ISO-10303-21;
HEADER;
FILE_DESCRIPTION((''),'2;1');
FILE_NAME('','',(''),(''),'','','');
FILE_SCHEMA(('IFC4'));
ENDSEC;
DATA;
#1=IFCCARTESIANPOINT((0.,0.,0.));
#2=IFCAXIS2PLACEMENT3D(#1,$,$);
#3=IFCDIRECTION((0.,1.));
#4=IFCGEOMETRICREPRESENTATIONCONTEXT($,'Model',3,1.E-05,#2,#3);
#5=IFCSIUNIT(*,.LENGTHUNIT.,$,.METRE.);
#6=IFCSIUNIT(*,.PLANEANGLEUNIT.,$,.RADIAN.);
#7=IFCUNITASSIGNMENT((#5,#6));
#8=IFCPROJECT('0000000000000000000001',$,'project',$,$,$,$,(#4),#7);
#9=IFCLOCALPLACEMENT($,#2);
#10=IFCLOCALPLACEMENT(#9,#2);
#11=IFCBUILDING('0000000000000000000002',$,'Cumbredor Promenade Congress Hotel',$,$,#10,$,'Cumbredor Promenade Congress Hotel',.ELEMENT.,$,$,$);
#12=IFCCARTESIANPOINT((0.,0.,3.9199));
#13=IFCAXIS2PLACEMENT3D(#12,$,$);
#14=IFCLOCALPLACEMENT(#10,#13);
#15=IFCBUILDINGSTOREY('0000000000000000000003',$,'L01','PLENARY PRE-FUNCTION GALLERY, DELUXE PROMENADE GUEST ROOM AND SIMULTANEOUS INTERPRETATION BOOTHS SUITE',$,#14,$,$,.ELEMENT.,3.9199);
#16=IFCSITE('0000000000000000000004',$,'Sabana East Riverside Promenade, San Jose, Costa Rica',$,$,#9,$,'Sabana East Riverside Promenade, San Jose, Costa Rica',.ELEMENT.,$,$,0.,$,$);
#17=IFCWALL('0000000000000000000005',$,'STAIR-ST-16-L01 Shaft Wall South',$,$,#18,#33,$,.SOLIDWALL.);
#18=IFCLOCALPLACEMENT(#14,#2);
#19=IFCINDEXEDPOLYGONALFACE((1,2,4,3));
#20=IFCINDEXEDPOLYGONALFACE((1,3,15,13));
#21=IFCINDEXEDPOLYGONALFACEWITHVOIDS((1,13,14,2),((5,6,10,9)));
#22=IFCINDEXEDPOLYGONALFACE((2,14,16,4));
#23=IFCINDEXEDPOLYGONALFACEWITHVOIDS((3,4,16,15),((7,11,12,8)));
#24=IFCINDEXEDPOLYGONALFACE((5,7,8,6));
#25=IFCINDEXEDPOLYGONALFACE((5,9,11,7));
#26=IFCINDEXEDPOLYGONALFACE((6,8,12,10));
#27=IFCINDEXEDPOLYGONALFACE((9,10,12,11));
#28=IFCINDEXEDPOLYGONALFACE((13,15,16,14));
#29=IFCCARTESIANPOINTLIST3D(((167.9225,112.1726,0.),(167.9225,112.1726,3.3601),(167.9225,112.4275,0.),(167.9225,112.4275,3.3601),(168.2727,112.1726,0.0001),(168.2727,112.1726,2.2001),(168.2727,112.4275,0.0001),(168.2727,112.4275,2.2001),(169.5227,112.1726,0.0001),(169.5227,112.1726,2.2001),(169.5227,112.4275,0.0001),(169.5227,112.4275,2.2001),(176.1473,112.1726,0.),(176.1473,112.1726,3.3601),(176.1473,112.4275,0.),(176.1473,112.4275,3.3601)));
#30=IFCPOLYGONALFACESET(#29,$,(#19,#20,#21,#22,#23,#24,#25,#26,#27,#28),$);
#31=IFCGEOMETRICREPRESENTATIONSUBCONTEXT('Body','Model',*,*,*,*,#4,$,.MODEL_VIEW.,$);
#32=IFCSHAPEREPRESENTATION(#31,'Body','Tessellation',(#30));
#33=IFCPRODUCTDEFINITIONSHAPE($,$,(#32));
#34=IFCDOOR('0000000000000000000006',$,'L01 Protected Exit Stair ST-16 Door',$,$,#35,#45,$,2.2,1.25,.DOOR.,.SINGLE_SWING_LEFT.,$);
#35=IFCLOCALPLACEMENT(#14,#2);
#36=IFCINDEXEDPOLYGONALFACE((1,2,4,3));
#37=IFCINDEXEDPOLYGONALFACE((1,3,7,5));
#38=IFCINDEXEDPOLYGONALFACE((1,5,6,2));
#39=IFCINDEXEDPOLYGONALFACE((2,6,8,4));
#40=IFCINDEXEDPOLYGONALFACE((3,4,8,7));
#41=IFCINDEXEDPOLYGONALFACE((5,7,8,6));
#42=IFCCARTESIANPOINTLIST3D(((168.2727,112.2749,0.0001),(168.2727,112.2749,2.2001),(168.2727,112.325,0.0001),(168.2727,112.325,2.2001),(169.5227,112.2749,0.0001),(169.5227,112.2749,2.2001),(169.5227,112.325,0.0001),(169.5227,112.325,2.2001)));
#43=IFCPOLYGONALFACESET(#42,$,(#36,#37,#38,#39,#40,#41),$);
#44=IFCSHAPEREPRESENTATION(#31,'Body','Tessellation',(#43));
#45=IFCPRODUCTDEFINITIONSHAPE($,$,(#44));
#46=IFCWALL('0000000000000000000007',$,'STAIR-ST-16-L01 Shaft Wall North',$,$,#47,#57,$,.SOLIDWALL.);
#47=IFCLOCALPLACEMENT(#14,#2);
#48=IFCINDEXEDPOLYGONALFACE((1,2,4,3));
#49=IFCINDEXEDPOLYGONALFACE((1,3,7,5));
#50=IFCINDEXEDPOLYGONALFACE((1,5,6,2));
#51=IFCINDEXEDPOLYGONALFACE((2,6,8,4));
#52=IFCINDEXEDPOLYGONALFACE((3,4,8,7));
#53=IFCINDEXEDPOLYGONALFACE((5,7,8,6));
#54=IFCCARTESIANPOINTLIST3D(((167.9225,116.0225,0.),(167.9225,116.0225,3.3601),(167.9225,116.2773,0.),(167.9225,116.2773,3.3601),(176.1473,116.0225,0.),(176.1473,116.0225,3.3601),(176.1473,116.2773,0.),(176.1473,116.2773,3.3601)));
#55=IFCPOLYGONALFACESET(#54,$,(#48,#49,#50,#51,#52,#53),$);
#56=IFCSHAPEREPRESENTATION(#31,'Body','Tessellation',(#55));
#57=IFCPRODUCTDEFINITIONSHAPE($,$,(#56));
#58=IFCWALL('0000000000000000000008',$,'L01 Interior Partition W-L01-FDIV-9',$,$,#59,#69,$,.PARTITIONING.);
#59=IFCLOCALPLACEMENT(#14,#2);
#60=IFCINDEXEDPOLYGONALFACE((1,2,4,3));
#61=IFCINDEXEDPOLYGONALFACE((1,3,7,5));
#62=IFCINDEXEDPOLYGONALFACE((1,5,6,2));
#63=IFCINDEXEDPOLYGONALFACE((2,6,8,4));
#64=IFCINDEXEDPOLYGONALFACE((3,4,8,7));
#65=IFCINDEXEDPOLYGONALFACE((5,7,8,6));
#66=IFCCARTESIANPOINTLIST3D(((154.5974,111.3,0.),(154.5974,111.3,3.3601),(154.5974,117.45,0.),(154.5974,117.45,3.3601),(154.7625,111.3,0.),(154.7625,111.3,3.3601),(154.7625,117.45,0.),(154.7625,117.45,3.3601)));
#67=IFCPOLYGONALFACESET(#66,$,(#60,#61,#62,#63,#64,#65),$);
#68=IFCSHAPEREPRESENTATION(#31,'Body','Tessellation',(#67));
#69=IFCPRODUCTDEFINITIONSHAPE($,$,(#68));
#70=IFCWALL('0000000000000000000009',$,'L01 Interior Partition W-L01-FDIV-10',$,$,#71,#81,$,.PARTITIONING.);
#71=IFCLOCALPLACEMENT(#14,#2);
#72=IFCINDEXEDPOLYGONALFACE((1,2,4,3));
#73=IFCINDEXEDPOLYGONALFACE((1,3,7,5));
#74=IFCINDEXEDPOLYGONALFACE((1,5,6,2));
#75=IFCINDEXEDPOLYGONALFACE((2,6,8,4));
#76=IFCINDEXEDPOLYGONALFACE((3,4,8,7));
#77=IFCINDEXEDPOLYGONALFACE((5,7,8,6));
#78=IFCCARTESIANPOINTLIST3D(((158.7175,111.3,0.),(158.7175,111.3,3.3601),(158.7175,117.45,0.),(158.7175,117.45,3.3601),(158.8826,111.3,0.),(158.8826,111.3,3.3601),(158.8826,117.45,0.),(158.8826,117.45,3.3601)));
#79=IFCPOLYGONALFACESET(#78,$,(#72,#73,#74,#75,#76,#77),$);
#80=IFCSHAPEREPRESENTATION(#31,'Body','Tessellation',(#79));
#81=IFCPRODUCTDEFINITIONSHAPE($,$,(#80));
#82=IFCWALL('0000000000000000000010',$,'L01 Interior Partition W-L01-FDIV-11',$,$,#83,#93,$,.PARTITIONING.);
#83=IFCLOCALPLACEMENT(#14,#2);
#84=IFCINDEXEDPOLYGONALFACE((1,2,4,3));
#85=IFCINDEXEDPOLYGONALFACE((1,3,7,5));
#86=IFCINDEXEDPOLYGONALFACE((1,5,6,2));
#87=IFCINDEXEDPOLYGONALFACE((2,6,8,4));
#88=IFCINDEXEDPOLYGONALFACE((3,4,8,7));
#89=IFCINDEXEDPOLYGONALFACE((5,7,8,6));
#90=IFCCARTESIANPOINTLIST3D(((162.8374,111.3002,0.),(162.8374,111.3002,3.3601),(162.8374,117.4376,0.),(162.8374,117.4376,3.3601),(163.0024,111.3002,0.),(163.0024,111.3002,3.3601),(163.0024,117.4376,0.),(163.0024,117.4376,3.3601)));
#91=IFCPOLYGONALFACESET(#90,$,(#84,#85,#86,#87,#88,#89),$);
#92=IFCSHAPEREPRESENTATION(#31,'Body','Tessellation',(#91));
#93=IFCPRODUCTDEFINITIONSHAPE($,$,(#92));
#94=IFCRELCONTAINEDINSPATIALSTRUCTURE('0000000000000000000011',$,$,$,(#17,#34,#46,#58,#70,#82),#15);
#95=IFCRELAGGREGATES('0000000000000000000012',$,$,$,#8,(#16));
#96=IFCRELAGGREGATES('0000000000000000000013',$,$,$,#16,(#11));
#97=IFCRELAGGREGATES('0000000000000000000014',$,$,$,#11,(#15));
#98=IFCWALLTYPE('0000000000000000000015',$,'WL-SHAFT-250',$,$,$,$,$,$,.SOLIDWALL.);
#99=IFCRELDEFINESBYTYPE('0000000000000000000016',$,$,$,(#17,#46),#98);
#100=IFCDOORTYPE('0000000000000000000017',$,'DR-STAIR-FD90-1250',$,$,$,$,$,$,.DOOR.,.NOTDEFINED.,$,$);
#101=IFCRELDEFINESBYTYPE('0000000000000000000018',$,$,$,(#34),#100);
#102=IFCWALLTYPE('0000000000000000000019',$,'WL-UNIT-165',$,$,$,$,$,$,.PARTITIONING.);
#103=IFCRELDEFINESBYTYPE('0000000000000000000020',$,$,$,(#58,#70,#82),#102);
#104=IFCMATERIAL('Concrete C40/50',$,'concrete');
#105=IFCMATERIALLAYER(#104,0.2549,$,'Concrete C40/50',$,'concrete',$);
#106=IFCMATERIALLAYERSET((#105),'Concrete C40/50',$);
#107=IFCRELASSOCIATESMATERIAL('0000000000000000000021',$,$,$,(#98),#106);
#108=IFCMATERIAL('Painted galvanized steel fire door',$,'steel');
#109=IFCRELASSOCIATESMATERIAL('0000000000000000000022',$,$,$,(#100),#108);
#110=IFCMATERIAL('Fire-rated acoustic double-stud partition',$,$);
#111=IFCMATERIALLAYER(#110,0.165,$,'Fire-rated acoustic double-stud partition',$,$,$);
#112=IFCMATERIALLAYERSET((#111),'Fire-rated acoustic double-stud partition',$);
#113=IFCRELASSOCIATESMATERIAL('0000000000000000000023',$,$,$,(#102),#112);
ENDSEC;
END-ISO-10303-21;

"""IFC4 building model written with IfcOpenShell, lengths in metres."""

from ifc_helpers import new_model, si_unit, direction, frame, frame_2d, origin, place, context, subcontext, project, spatial, rectangle, extrude, material, layer, layer_set, type_object, element, fill, save


model = new_model("IFC4")

# Units and contexts
model_context = context("Model", 3, precision=1e-05, world=origin(), true_north=direction((0.0, 1.0)))
body_context = subcontext(model_context, "Body", "Model", "MODEL_VIEW")
ifc_project = project(units=[si_unit("LENGTHUNIT", "METRE"), si_unit("PLANEANGLEUNIT", "RADIAN")], contexts=[model_context])

# Site, building, storey
site_placement = place(None, origin())
site = spatial("IfcSite", under=ifc_project, at=site_placement, Name="Sabana East Riverside Promenade, San Jose, Costa Rica", LongName="Sabana East Riverside Promenade, San Jose, Costa Rica", CompositionType="ELEMENT", RefElevation=0.0)
building_placement = place(site_placement, origin())
building = spatial("IfcBuilding", under=site, at=building_placement, Name="Cumbredor Promenade Congress Hotel", LongName="Cumbredor Promenade Congress Hotel", CompositionType="ELEMENT")
storey_placement = place(building_placement, frame((0.0, 0.0, 3.9199)))
storey = spatial("IfcBuildingStorey", under=building, at=storey_placement, Name="L01", Description="PLENARY PRE-FUNCTION GALLERY, DELUXE PROMENADE GUEST ROOM AND SIMULTANEOUS INTERPRETATION BOOTHS SUITE", CompositionType="ELEMENT", Elevation=3.9199)

# Shared definitions
ifc_material_1 = material(Name="Concrete C40/50", Category="concrete")

# Wall, opening, door
ifc_layer_1 = layer(ifc_material_1, 0.2549, Name="Concrete C40/50", Category="concrete")
ifc_layer_set_1 = layer_set([ifc_layer_1], Name="Concrete C40/50")
wall_type_1 = type_object("IfcWallType", Name="WL-SHAFT-250", PredefinedType="SOLIDWALL", material=ifc_layer_set_1)
wall_1_placement = place(storey_placement, frame((167.9226, 112.3, 0.0), z_axis=(0.0, 0.0, 1.0), x_axis=(1.0, 0.0, 0.0)))
wall_1 = element("IfcWall", 1, at=wall_1_placement, inside=storey, type_object=wall_type_1, Name="STAIR-ST-16-L01 Shaft Wall South", PredefinedType="SOLIDWALL", context=body_context, shape_type="SweptSolid", body=[
    extrude(rectangle(XDim=8.2249, YDim=0.2549, at=frame_2d((4.1123, 0.0))), origin(), (0.0, 0.0, 1.0), 3.3601),
])
opening_1_placement = place(wall_1_placement, frame((0.3501, 0.0, 0.0)))
opening_1 = element("IfcOpeningElement", 2, at=opening_1_placement, cuts=wall_1, PredefinedType="OPENING", context=body_context, shape_type="SweptSolid", body=[
    extrude(rectangle(XDim=1.25, YDim=2.2, at=frame_2d((0.625, 1.1001))), frame((0.0, 0.1375, 0.0), z_axis=(0.0, -1.0, 0.0), x_axis=(1.0, 0.0, 0.0)), (0.0, 0.0, 1.0), 0.2749),
])
ifc_material_2 = material(Name="Painted galvanized steel fire door", Category="steel")
door_type_1 = type_object("IfcDoorType", Name="DR-STAIR-FD90-1250", OperationType="NOTDEFINED", PredefinedType="DOOR", material=ifc_material_2)
door_1_placement = place(opening_1_placement, origin())
door_1 = element("IfcDoor", 3, at=door_1_placement, inside=storey, type_object=door_type_1, Name="L01 Protected Exit Stair ST-16 Door", OperationType="SINGLE_SWING_LEFT", OverallHeight=2.2, OverallWidth=1.25, PredefinedType="DOOR", context=body_context, shape_type="SweptSolid", body=[
    extrude(rectangle(XDim=1.25, YDim=2.2, at=frame_2d((0.625, 1.1001))), frame((0.0, 0.0249, 0.0), z_axis=(0.0, -1.0, 0.0), x_axis=(1.0, 0.0, 0.0)), (0.0, 0.0, 1.0), 0.05),
])
fill(opening_1, door_1)

# Walls
wall_2_placement = place(storey_placement, frame((167.9226, 116.1499, 0.0), z_axis=(0.0, 0.0, 1.0), x_axis=(1.0, 0.0, 0.0)))
element("IfcWall", 4, at=wall_2_placement, inside=storey, type_object=wall_type_1, Name="STAIR-ST-16-L01 Shaft Wall North", PredefinedType="SOLIDWALL", context=body_context, shape_type="SweptSolid", body=[
    extrude(rectangle(XDim=8.2249, YDim=0.2549, at=frame_2d((4.1123, 0.0))), origin(), (0.0, 0.0, 1.0), 3.3601),
])
ifc_material_3 = material(Name="Fire-rated acoustic double-stud partition")
ifc_layer_2 = layer(ifc_material_3, 0.165, Name="Fire-rated acoustic double-stud partition")
ifc_layer_set_2 = layer_set([ifc_layer_2], Name="Fire-rated acoustic double-stud partition")
wall_type_2 = type_object("IfcWallType", Name="WL-UNIT-165", PredefinedType="PARTITIONING", material=ifc_layer_set_2)
for number, where, z_axis, x_axis, name in (
    (5, (154.6799, 111.3, 0.0), (0.0, 0.0, 1.0), (0.0, 1.0, 0.0), "L01 Interior Partition W-L01-FDIV-9"),
    (6, (158.8, 111.3, 0.0), (0.0, 0.0, 1.0), (0.0, 1.0, 0.0), "L01 Interior Partition W-L01-FDIV-10"),
):
    element("IfcWall", number, at=place(storey_placement, frame(where, z_axis=z_axis, x_axis=x_axis)), inside=storey, type_object=wall_type_2, Name=name, PredefinedType="PARTITIONING", context=body_context, shape_type="SweptSolid", body=[
        extrude(rectangle(XDim=6.1499, YDim=0.165, at=frame_2d((3.075, 0.0))), origin(), (0.0, 0.0, 1.0), 3.3601),
    ])
wall_3_placement = place(storey_placement, frame((162.9199, 111.3, 0.0), z_axis=(0.0, 0.0, 1.0), x_axis=(0.0, 1.0, 0.0)))
element("IfcWall", 7, at=wall_3_placement, inside=storey, type_object=wall_type_2, Name="L01 Interior Partition W-L01-FDIV-11", PredefinedType="PARTITIONING", context=body_context, shape_type="SweptSolid", body=[
    extrude(rectangle(XDim=6.1375, YDim=0.165, at=frame_2d((3.0688, 0.0))), origin(), (0.0, 0.0, 1.0), 3.3601),
])

save(model, "model.ifc")
